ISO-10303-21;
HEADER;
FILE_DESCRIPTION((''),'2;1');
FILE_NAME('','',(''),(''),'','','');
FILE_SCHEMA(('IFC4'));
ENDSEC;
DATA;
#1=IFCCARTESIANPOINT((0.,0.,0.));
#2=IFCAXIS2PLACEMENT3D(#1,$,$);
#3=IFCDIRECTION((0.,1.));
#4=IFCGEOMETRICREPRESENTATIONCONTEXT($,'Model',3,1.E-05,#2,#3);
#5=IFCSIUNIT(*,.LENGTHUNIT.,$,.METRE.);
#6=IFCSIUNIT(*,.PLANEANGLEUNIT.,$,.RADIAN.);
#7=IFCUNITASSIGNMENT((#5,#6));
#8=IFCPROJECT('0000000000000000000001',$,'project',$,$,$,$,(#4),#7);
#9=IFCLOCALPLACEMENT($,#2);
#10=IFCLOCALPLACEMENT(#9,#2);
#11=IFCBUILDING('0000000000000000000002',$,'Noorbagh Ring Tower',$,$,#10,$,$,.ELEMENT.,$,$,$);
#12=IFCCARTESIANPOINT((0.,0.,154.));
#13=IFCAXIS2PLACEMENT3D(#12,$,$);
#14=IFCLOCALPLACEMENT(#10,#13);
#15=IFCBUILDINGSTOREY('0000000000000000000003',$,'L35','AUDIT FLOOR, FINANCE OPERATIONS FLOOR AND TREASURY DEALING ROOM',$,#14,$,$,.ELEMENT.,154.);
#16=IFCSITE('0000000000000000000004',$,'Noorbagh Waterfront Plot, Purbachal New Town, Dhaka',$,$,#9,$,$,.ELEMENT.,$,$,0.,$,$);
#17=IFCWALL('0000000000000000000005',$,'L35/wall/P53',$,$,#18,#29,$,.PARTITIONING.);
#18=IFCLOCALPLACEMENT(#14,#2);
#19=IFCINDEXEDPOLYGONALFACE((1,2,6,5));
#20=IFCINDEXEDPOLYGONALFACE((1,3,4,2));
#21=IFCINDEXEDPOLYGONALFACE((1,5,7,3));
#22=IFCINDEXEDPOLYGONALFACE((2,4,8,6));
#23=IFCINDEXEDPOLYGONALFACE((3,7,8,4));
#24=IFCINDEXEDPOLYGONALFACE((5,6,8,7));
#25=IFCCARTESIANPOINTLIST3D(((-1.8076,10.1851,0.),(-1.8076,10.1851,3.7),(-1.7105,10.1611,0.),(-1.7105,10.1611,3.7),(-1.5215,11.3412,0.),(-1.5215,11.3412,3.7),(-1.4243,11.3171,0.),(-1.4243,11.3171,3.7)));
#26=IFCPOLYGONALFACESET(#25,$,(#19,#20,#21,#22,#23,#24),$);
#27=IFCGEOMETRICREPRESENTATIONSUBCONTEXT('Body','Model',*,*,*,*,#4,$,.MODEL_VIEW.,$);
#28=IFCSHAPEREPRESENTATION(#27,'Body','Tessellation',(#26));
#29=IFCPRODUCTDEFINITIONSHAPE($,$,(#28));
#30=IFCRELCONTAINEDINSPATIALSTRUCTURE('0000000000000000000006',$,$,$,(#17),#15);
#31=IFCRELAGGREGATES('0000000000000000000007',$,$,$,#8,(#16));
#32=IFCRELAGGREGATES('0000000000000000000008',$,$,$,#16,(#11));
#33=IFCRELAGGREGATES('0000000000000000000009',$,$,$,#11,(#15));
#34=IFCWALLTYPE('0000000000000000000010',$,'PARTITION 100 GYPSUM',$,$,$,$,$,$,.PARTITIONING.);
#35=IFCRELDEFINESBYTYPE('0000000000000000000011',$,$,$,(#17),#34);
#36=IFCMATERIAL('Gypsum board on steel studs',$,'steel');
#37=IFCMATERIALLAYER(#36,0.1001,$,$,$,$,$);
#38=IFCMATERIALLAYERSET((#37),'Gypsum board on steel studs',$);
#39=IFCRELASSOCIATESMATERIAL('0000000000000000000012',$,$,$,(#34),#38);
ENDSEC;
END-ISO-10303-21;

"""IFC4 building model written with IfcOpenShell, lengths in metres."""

from ifc_helpers import new_model, si_unit, direction, frame, frame_2d, origin, place, context, subcontext, project, spatial, rectangle, extrude, material, layer, layer_set, type_object, element, save


model = new_model("IFC4")

# Units and contexts
model_context = context("Model", 3, precision=1e-05, world=origin(), true_north=direction((0.0, 1.0)))
body_context = subcontext(model_context, "Body", "Model", "MODEL_VIEW")
ifc_project = project(units=[si_unit("LENGTHUNIT", "METRE"), si_unit("PLANEANGLEUNIT", "RADIAN")], contexts=[model_context])

# Site, building, storey
site_placement = place(None, origin())
site = spatial("IfcSite", under=ifc_project, at=site_placement, Name="Noorbagh Waterfront Plot, Purbachal New Town, Dhaka", CompositionType="ELEMENT", RefElevation=0.0)
building_placement = place(site_placement, origin())
building = spatial("IfcBuilding", under=site, at=building_placement, Name="Noorbagh Ring Tower", CompositionType="ELEMENT")
storey_placement = place(building_placement, frame((0.0, 0.0, 154.0)))
storey = spatial("IfcBuildingStorey", under=building, at=storey_placement, Name="L35", Description="AUDIT FLOOR, FINANCE OPERATIONS FLOOR AND TREASURY DEALING ROOM", CompositionType="ELEMENT", Elevation=154.0)

# Wall
ifc_material_1 = material(Name="Gypsum board on steel studs", Category="steel")
ifc_layer_1 = layer(ifc_material_1, 0.1001)
ifc_layer_set_1 = layer_set([ifc_layer_1], Name="Gypsum board on steel studs")
wall_type_1 = type_object("IfcWallType", Name="PARTITION 100 GYPSUM", PredefinedType="PARTITIONING", material=ifc_layer_set_1)
wall_1_placement = place(storey_placement, frame((-1.759, 10.1731, 0.0), z_axis=(0.0, 0.0, 1.0), x_axis=(0.240268, 0.970707, 0.0)))
element("IfcWall", 1, at=wall_1_placement, inside=storey, type_object=wall_type_1, Name="L35/wall/P53", PredefinedType="PARTITIONING", context=body_context, shape_type="SweptSolid", body=[
    extrude(rectangle(XDim=1.1909, YDim=0.1001, at=frame_2d((0.5955, 0.0))), origin(), (0.0, 0.0, 1.0), 3.7),
])

save(model, "model.ifc")
